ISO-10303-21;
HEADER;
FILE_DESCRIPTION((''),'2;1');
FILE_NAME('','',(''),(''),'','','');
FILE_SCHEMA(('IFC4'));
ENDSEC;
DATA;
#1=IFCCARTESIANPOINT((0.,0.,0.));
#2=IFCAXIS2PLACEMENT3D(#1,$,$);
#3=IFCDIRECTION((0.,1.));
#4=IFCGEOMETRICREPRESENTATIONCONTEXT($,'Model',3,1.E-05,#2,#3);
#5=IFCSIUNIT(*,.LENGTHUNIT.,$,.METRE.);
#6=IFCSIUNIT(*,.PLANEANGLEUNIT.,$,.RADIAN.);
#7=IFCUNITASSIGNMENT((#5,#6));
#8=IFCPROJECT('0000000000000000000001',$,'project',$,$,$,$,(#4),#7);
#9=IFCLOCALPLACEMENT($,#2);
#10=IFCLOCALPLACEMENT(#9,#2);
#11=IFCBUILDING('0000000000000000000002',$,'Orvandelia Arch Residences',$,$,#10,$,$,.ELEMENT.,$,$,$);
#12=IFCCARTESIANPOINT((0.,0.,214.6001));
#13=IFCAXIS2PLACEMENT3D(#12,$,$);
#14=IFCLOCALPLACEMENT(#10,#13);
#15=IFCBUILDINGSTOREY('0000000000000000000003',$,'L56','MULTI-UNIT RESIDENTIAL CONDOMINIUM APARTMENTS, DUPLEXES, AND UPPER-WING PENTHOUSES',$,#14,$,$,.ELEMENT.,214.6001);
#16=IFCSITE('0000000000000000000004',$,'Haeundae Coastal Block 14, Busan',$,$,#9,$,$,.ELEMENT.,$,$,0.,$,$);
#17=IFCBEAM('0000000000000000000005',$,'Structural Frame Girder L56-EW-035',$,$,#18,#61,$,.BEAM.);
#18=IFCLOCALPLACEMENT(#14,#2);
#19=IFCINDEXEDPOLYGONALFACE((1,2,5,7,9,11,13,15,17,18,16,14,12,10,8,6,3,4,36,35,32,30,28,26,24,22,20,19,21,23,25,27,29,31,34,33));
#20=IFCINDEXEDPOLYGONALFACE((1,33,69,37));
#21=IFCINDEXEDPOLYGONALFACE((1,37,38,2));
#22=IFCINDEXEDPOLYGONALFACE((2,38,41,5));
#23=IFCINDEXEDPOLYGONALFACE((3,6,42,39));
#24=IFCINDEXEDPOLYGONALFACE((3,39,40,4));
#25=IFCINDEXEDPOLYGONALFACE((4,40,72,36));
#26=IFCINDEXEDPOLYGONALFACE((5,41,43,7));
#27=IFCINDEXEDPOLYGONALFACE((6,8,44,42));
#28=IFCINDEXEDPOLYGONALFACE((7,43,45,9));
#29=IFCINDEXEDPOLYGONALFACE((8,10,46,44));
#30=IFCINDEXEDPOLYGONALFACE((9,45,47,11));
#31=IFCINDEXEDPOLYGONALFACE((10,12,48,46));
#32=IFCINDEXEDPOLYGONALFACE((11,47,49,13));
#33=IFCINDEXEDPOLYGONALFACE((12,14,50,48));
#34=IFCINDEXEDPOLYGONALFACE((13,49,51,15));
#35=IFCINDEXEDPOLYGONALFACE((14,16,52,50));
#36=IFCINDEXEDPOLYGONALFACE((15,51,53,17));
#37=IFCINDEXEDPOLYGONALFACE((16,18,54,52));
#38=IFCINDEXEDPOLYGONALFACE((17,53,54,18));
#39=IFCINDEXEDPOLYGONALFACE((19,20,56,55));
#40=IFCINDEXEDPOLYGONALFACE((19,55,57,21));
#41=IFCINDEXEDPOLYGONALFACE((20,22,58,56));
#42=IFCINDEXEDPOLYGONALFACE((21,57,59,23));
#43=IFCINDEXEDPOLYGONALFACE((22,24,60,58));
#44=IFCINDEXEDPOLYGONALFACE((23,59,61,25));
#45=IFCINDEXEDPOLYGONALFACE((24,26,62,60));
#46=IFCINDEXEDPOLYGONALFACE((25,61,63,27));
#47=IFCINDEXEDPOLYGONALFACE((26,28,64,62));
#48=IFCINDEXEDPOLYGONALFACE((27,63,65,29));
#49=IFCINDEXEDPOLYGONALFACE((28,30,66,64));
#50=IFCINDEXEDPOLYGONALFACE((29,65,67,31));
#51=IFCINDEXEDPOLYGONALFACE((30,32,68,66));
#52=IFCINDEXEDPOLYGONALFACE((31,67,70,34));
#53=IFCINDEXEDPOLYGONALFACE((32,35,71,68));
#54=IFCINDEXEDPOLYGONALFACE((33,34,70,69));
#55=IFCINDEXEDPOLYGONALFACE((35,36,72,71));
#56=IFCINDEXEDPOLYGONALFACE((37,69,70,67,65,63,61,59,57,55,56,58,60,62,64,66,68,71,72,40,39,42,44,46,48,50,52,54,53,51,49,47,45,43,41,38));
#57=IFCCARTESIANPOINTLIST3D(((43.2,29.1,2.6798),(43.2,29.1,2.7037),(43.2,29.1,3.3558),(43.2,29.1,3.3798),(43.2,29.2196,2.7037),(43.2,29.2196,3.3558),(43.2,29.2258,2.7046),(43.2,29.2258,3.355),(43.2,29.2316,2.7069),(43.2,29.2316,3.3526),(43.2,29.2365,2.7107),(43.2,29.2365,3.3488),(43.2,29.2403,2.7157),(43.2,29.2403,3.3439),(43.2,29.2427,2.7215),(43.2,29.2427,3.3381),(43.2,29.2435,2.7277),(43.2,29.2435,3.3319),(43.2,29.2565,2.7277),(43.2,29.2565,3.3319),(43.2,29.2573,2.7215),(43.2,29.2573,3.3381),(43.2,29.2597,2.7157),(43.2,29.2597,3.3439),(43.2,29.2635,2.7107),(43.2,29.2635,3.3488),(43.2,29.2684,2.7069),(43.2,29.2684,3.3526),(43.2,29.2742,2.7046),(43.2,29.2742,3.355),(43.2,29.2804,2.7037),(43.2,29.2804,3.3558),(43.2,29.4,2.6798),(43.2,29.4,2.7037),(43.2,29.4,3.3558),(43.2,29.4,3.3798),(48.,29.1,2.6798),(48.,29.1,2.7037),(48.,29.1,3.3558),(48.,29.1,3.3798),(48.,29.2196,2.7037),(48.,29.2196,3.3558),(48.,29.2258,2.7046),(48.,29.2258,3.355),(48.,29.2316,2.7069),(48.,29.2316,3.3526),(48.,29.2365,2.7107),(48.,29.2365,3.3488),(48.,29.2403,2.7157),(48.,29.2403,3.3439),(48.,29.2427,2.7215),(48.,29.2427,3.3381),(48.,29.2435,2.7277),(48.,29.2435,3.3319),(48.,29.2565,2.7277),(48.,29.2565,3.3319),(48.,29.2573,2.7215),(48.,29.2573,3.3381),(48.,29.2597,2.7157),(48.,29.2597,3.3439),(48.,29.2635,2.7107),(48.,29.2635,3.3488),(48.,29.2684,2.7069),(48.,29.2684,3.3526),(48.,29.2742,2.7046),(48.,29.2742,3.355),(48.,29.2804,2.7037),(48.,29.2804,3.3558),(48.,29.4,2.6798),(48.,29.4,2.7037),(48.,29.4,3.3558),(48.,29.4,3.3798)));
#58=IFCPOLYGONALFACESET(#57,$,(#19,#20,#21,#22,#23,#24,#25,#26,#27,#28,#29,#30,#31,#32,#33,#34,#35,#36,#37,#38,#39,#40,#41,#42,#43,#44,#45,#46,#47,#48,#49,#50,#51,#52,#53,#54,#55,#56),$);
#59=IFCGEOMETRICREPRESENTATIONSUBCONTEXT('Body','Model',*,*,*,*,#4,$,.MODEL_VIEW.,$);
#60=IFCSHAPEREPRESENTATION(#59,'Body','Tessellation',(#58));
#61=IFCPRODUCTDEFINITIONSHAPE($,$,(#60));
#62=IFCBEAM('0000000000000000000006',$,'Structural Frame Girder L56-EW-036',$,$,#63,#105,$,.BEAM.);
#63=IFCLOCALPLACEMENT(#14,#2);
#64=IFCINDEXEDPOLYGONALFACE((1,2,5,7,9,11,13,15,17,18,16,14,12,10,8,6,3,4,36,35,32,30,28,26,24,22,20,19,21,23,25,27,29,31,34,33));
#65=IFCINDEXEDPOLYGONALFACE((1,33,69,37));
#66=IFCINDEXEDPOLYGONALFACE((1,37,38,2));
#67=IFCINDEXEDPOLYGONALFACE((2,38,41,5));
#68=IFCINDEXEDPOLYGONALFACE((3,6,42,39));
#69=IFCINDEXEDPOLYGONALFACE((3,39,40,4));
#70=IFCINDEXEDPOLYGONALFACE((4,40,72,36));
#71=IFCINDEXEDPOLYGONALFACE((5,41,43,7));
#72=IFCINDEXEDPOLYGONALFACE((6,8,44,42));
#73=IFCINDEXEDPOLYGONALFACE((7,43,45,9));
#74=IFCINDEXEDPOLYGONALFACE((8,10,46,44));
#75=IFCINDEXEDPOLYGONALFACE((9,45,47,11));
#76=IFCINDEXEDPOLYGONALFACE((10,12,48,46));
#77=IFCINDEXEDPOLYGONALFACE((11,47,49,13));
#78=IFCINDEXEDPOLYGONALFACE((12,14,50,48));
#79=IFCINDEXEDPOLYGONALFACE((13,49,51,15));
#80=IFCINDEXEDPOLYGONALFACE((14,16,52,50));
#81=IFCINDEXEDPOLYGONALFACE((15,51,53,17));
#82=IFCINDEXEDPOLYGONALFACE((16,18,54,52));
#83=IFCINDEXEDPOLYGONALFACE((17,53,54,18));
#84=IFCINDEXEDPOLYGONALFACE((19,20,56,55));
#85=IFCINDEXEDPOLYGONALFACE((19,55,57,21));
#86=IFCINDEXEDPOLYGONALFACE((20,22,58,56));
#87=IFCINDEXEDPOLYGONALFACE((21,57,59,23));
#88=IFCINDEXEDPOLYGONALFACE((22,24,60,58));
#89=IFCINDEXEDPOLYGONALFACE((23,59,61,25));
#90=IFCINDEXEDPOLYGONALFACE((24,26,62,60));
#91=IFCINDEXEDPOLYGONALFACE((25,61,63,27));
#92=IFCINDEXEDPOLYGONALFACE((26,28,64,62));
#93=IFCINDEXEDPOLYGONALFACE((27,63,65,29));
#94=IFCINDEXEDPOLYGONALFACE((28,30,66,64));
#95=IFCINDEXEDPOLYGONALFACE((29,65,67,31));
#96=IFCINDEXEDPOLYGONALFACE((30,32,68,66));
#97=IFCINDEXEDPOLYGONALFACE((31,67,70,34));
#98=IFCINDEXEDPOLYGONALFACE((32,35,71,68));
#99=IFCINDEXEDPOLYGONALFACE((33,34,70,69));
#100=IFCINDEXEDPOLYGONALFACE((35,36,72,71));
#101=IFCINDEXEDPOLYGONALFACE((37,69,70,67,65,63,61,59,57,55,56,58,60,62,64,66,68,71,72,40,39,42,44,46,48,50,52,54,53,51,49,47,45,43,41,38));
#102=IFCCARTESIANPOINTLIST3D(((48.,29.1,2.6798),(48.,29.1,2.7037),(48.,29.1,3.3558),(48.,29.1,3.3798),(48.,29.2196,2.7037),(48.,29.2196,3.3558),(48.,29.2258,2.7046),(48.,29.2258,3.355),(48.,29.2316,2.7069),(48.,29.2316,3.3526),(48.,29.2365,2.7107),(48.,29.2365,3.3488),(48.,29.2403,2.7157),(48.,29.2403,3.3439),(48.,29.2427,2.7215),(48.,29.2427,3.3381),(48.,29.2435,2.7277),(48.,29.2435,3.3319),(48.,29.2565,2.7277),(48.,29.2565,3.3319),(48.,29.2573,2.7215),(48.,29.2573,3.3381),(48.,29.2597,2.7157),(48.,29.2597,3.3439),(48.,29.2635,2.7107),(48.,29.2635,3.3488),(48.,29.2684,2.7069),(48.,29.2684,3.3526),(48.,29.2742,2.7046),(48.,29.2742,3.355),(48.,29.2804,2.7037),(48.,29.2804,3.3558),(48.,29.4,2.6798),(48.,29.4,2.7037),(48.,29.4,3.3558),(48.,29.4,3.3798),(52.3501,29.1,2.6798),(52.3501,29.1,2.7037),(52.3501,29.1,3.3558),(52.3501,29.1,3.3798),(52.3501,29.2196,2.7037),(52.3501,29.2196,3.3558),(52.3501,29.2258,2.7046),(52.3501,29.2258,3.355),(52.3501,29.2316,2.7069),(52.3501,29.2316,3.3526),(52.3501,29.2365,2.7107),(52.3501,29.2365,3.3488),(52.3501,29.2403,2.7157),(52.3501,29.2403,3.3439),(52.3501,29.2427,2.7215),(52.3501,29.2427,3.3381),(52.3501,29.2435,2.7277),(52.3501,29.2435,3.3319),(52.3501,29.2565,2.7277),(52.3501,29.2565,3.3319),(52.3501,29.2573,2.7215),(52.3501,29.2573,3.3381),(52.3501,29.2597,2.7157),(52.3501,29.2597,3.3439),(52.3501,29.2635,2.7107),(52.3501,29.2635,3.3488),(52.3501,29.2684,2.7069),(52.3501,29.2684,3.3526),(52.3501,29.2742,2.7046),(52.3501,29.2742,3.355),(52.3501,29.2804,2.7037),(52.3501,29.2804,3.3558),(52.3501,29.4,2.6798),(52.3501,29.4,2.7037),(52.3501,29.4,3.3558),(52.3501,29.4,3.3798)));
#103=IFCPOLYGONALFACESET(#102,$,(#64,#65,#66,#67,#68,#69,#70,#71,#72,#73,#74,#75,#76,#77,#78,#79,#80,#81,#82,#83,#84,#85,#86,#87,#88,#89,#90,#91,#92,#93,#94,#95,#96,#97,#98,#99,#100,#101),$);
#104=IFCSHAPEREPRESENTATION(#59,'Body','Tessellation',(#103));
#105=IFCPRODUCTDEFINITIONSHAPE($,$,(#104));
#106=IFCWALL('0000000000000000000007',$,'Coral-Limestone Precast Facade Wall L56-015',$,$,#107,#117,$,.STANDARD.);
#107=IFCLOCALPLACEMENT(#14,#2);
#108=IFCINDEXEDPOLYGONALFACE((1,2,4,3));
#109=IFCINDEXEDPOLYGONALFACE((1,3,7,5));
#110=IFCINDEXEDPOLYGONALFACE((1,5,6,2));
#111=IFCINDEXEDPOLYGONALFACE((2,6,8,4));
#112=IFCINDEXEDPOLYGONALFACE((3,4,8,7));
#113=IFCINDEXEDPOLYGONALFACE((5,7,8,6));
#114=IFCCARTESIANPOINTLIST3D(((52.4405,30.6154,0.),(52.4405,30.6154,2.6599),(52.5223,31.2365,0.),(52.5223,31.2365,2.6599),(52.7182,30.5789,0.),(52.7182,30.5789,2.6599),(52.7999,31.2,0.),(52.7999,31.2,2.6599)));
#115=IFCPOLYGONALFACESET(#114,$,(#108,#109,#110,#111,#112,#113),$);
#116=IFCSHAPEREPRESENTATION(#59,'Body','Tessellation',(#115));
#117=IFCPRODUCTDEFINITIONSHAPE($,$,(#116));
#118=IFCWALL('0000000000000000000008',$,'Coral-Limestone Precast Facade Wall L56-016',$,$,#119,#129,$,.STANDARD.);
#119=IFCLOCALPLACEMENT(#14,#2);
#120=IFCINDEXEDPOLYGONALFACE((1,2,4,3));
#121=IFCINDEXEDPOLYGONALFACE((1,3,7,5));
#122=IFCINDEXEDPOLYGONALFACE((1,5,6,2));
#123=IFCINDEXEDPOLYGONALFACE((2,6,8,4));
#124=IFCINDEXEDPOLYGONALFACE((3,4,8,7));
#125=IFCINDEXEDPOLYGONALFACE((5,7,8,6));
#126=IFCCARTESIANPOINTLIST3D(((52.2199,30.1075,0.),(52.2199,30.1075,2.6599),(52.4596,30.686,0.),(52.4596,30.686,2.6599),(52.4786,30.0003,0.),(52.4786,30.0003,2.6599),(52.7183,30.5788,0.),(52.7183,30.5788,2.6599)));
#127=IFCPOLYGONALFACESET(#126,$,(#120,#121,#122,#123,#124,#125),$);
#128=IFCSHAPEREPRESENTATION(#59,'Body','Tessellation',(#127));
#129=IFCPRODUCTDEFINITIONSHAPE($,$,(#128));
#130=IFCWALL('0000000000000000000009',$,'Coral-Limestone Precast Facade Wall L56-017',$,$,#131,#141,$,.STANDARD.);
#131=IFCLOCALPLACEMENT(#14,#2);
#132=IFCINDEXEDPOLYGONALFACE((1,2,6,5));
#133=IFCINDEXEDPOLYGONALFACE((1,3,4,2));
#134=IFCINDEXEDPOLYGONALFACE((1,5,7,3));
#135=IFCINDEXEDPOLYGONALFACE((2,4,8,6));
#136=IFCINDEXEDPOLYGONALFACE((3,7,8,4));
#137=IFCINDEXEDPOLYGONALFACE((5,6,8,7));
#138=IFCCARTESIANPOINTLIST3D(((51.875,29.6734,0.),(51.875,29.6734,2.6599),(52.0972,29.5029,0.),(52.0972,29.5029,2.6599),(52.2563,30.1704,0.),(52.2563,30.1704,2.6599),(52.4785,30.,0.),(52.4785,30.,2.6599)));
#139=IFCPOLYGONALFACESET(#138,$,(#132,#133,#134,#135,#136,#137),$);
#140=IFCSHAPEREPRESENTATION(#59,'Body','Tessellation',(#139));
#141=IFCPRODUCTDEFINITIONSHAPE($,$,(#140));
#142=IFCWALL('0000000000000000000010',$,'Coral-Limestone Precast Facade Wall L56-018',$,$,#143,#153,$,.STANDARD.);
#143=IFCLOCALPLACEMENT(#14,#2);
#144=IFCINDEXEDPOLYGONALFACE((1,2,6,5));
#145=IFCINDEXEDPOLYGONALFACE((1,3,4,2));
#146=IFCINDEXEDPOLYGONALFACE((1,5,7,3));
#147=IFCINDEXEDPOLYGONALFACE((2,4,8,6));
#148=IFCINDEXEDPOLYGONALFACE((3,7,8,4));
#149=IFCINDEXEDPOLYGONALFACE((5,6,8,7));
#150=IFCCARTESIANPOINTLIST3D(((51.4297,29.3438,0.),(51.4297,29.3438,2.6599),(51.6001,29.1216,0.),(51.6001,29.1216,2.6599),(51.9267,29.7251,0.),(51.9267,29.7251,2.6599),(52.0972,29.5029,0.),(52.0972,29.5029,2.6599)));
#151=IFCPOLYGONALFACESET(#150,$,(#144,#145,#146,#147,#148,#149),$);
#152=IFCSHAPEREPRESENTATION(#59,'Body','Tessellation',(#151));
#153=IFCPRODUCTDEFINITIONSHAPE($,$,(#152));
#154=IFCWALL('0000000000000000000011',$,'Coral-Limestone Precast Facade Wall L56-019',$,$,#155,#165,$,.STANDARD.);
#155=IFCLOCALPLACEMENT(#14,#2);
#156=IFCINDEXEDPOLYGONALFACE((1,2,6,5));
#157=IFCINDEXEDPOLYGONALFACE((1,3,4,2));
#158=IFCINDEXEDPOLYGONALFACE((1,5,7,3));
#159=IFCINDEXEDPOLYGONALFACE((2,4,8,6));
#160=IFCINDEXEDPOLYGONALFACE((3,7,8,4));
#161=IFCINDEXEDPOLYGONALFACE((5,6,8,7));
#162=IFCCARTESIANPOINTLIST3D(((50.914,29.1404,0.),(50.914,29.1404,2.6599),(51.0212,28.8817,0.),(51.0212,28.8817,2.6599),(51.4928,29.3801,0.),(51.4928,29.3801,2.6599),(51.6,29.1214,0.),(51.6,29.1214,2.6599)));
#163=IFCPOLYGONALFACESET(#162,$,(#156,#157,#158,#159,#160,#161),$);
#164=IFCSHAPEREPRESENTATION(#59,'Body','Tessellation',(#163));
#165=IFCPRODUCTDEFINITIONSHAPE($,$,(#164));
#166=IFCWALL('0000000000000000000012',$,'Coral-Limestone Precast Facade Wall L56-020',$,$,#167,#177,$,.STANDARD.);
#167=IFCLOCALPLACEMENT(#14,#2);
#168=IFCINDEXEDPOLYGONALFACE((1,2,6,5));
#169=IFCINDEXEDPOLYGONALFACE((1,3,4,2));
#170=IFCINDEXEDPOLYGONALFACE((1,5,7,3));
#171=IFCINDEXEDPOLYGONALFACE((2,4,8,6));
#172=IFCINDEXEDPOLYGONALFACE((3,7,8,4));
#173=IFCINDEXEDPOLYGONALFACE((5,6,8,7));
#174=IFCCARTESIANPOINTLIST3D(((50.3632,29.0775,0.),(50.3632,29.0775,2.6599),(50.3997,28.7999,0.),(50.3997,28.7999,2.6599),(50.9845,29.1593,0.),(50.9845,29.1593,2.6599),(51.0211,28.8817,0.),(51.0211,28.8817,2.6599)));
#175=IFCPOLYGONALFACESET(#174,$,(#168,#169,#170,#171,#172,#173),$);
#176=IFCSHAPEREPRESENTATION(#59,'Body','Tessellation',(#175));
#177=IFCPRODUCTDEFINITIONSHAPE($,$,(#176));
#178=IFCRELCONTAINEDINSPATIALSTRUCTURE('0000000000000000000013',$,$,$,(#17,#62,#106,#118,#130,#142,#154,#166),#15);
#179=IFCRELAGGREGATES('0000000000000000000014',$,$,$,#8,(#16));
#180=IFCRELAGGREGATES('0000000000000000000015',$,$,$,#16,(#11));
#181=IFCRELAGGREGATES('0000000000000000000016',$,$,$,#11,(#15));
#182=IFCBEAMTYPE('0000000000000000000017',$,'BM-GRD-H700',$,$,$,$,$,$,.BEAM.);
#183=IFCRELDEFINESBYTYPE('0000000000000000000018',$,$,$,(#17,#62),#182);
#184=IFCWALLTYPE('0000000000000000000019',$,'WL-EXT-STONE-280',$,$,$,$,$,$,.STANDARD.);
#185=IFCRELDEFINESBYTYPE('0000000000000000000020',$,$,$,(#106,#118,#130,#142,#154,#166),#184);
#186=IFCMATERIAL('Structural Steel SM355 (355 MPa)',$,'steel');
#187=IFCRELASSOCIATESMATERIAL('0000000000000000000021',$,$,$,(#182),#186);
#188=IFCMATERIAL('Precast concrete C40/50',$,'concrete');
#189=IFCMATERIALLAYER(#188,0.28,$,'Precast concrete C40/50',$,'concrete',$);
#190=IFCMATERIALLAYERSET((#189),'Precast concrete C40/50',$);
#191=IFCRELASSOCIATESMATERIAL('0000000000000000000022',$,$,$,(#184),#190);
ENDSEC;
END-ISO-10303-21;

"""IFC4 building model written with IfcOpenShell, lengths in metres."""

from ifc_helpers import new_model, si_unit, direction, frame, frame_2d, origin, origin_2d, place, context, subcontext, project, spatial, rectangle, i_section, extrude, material, layer, layer_set, material_profile, profile_set, type_object, element, save


model = new_model("IFC4")

# Units and contexts
model_context = context("Model", 3, precision=1e-05, world=origin(), true_north=direction((0.0, 1.0)))
body_context = subcontext(model_context, "Body", "Model", "MODEL_VIEW")
ifc_project = project(units=[si_unit("LENGTHUNIT", "METRE"), si_unit("PLANEANGLEUNIT", "RADIAN")], contexts=[model_context])

# Site, building, storey
site_placement = place(None, origin())
site = spatial("IfcSite", under=ifc_project, at=site_placement, Name="Haeundae Coastal Block 14, Busan", CompositionType="ELEMENT", RefElevation=0.0)
building_placement = place(site_placement, origin())
building = spatial("IfcBuilding", under=site, at=building_placement, Name="Orvandelia Arch Residences", CompositionType="ELEMENT")
storey_placement = place(building_placement, frame((0.0, 0.0, 214.6001)))
storey = spatial("IfcBuildingStorey", under=building, at=storey_placement, Name="L56", Description="MULTI-UNIT RESIDENTIAL CONDOMINIUM APARTMENTS, DUPLEXES, AND UPPER-WING PENTHOUSES", CompositionType="ELEMENT", Elevation=214.6001)

# Beams
ifc_material_1 = material(Name="Structural Steel SM355 (355 MPa)", Category="steel")
ifc_material_profile_1 = material_profile(ifc_material_1, i_section(OverallWidth=0.3, OverallDepth=0.7, WebThickness=0.0129, FlangeThickness=0.0239, FilletRadius=0.0239, at=origin_2d()), Name="Structural Steel SM355 (355 MPa)", Category="steel")
ifc_profile_set_1 = profile_set([ifc_material_profile_1], Name="Structural Steel SM355 (355 MPa)")
beam_type = type_object("IfcBeamType", Name="BM-GRD-H700", PredefinedType="BEAM", material=ifc_profile_set_1)
beam_1_placement = place(storey_placement, frame((43.2, 29.25, 3.0298), z_axis=(1.0, 0.0, 0.0), x_axis=(0.0, 1.0, 0.0)))
element("IfcBeam", 1, at=beam_1_placement, inside=storey, type_object=beam_type, Name="Structural Frame Girder L56-EW-035", PredefinedType="BEAM", context=body_context, shape_type="SweptSolid", body=[
    extrude(i_section(OverallWidth=0.3, OverallDepth=0.7, WebThickness=0.0129, FlangeThickness=0.0239, FilletRadius=0.0239, at=origin_2d()), origin(), (0.0, 0.0, 1.0), 4.8),
])
beam_2_placement = place(storey_placement, frame((48.0, 29.25, 3.0298), z_axis=(1.0, 0.0, 0.0), x_axis=(0.0, 1.0, 0.0)))
element("IfcBeam", 2, at=beam_2_placement, inside=storey, type_object=beam_type, Name="Structural Frame Girder L56-EW-036", PredefinedType="BEAM", context=body_context, shape_type="SweptSolid", body=[
    extrude(i_section(OverallWidth=0.3, OverallDepth=0.7, WebThickness=0.0129, FlangeThickness=0.0239, FilletRadius=0.0239, at=origin_2d()), origin(), (0.0, 0.0, 1.0), 4.3501),
])

# Walls
ifc_material_2 = material(Name="Precast concrete C40/50", Category="concrete")
ifc_layer_1 = layer(ifc_material_2, 0.28, Name="Precast concrete C40/50", Category="concrete")
ifc_layer_set_1 = layer_set([ifc_layer_1], Name="Precast concrete C40/50")
wall_type_1 = type_object("IfcWallType", Name="WL-EXT-STONE-280", PredefinedType="STANDARD", material=ifc_layer_set_1)
wall_1_placement = place(storey_placement, frame((52.6611, 31.2183, 0.0), z_axis=(0.0, 0.0, 1.0), x_axis=(-0.130555, -0.991441, 0.0)))
element("IfcWall", 3, at=wall_1_placement, inside=storey, type_object=wall_type_1, Name="Coral-Limestone Precast Facade Wall L56-015", PredefinedType="STANDARD", context=body_context, shape_type="SweptSolid", body=[
    extrude(rectangle(XDim=0.6265, YDim=0.28, at=frame_2d((0.3132, 0.0))), origin(), (0.0, 0.0, 1.0), 2.6599),
])
wall_2_placement = place(storey_placement, frame((52.5889, 30.6323, 0.0), z_axis=(0.0, 0.0, 1.0), x_axis=(-0.382788, -0.923836, 0.0)))
element("IfcWall", 4, at=wall_2_placement, inside=storey, type_object=wall_type_1, Name="Coral-Limestone Precast Facade Wall L56-016", PredefinedType="STANDARD", context=body_context, shape_type="SweptSolid", body=[
    extrude(rectangle(XDim=0.6262, YDim=0.28, at=frame_2d((0.313, 0.0))), origin(), (0.0, 0.0, 1.0), 2.6599),
])
for number, where, z_axis, x_axis, name in (
    (5, (52.3674, 30.0852, 0.0), (0.0, 0.0, 1.0), (-0.608693, -0.793406, 0.0), "Coral-Limestone Precast Facade Wall L56-017"),
    (6, (52.012, 29.614, 0.0), (0.0, 0.0, 1.0), (-0.793406, -0.608693, 0.0), "Coral-Limestone Precast Facade Wall L56-018"),
    (7, (51.5464, 29.2507, 0.0), (0.0, 0.0, 1.0), (-0.923893, -0.38265, 0.0), "Coral-Limestone Precast Facade Wall L56-019"),
):
    element("IfcWall", number, at=place(storey_placement, frame(where, z_axis=z_axis, x_axis=x_axis)), inside=storey, type_object=wall_type_1, Name=name, PredefinedType="STANDARD", context=body_context, shape_type="SweptSolid", body=[
        extrude(rectangle(XDim=0.6265, YDim=0.28, at=frame_2d((0.3132, 0.0))), origin(), (0.0, 0.0, 1.0), 2.6599),
    ])
wall_3_placement = place(storey_placement, frame((51.0029, 29.0205, 0.0), z_axis=(0.0, 0.0, 1.0), x_axis=(-0.991448, -0.130505, 0.0)))
element("IfcWall", 8, at=wall_3_placement, inside=storey, type_object=wall_type_1, Name="Coral-Limestone Precast Facade Wall L56-020", PredefinedType="STANDARD", context=body_context, shape_type="SweptSolid", body=[
    extrude(rectangle(XDim=0.6267, YDim=0.28, at=frame_2d((0.3135, 0.0))), origin(), (0.0, 0.0, 1.0), 2.6599),
])

save(model, "model.ifc")
